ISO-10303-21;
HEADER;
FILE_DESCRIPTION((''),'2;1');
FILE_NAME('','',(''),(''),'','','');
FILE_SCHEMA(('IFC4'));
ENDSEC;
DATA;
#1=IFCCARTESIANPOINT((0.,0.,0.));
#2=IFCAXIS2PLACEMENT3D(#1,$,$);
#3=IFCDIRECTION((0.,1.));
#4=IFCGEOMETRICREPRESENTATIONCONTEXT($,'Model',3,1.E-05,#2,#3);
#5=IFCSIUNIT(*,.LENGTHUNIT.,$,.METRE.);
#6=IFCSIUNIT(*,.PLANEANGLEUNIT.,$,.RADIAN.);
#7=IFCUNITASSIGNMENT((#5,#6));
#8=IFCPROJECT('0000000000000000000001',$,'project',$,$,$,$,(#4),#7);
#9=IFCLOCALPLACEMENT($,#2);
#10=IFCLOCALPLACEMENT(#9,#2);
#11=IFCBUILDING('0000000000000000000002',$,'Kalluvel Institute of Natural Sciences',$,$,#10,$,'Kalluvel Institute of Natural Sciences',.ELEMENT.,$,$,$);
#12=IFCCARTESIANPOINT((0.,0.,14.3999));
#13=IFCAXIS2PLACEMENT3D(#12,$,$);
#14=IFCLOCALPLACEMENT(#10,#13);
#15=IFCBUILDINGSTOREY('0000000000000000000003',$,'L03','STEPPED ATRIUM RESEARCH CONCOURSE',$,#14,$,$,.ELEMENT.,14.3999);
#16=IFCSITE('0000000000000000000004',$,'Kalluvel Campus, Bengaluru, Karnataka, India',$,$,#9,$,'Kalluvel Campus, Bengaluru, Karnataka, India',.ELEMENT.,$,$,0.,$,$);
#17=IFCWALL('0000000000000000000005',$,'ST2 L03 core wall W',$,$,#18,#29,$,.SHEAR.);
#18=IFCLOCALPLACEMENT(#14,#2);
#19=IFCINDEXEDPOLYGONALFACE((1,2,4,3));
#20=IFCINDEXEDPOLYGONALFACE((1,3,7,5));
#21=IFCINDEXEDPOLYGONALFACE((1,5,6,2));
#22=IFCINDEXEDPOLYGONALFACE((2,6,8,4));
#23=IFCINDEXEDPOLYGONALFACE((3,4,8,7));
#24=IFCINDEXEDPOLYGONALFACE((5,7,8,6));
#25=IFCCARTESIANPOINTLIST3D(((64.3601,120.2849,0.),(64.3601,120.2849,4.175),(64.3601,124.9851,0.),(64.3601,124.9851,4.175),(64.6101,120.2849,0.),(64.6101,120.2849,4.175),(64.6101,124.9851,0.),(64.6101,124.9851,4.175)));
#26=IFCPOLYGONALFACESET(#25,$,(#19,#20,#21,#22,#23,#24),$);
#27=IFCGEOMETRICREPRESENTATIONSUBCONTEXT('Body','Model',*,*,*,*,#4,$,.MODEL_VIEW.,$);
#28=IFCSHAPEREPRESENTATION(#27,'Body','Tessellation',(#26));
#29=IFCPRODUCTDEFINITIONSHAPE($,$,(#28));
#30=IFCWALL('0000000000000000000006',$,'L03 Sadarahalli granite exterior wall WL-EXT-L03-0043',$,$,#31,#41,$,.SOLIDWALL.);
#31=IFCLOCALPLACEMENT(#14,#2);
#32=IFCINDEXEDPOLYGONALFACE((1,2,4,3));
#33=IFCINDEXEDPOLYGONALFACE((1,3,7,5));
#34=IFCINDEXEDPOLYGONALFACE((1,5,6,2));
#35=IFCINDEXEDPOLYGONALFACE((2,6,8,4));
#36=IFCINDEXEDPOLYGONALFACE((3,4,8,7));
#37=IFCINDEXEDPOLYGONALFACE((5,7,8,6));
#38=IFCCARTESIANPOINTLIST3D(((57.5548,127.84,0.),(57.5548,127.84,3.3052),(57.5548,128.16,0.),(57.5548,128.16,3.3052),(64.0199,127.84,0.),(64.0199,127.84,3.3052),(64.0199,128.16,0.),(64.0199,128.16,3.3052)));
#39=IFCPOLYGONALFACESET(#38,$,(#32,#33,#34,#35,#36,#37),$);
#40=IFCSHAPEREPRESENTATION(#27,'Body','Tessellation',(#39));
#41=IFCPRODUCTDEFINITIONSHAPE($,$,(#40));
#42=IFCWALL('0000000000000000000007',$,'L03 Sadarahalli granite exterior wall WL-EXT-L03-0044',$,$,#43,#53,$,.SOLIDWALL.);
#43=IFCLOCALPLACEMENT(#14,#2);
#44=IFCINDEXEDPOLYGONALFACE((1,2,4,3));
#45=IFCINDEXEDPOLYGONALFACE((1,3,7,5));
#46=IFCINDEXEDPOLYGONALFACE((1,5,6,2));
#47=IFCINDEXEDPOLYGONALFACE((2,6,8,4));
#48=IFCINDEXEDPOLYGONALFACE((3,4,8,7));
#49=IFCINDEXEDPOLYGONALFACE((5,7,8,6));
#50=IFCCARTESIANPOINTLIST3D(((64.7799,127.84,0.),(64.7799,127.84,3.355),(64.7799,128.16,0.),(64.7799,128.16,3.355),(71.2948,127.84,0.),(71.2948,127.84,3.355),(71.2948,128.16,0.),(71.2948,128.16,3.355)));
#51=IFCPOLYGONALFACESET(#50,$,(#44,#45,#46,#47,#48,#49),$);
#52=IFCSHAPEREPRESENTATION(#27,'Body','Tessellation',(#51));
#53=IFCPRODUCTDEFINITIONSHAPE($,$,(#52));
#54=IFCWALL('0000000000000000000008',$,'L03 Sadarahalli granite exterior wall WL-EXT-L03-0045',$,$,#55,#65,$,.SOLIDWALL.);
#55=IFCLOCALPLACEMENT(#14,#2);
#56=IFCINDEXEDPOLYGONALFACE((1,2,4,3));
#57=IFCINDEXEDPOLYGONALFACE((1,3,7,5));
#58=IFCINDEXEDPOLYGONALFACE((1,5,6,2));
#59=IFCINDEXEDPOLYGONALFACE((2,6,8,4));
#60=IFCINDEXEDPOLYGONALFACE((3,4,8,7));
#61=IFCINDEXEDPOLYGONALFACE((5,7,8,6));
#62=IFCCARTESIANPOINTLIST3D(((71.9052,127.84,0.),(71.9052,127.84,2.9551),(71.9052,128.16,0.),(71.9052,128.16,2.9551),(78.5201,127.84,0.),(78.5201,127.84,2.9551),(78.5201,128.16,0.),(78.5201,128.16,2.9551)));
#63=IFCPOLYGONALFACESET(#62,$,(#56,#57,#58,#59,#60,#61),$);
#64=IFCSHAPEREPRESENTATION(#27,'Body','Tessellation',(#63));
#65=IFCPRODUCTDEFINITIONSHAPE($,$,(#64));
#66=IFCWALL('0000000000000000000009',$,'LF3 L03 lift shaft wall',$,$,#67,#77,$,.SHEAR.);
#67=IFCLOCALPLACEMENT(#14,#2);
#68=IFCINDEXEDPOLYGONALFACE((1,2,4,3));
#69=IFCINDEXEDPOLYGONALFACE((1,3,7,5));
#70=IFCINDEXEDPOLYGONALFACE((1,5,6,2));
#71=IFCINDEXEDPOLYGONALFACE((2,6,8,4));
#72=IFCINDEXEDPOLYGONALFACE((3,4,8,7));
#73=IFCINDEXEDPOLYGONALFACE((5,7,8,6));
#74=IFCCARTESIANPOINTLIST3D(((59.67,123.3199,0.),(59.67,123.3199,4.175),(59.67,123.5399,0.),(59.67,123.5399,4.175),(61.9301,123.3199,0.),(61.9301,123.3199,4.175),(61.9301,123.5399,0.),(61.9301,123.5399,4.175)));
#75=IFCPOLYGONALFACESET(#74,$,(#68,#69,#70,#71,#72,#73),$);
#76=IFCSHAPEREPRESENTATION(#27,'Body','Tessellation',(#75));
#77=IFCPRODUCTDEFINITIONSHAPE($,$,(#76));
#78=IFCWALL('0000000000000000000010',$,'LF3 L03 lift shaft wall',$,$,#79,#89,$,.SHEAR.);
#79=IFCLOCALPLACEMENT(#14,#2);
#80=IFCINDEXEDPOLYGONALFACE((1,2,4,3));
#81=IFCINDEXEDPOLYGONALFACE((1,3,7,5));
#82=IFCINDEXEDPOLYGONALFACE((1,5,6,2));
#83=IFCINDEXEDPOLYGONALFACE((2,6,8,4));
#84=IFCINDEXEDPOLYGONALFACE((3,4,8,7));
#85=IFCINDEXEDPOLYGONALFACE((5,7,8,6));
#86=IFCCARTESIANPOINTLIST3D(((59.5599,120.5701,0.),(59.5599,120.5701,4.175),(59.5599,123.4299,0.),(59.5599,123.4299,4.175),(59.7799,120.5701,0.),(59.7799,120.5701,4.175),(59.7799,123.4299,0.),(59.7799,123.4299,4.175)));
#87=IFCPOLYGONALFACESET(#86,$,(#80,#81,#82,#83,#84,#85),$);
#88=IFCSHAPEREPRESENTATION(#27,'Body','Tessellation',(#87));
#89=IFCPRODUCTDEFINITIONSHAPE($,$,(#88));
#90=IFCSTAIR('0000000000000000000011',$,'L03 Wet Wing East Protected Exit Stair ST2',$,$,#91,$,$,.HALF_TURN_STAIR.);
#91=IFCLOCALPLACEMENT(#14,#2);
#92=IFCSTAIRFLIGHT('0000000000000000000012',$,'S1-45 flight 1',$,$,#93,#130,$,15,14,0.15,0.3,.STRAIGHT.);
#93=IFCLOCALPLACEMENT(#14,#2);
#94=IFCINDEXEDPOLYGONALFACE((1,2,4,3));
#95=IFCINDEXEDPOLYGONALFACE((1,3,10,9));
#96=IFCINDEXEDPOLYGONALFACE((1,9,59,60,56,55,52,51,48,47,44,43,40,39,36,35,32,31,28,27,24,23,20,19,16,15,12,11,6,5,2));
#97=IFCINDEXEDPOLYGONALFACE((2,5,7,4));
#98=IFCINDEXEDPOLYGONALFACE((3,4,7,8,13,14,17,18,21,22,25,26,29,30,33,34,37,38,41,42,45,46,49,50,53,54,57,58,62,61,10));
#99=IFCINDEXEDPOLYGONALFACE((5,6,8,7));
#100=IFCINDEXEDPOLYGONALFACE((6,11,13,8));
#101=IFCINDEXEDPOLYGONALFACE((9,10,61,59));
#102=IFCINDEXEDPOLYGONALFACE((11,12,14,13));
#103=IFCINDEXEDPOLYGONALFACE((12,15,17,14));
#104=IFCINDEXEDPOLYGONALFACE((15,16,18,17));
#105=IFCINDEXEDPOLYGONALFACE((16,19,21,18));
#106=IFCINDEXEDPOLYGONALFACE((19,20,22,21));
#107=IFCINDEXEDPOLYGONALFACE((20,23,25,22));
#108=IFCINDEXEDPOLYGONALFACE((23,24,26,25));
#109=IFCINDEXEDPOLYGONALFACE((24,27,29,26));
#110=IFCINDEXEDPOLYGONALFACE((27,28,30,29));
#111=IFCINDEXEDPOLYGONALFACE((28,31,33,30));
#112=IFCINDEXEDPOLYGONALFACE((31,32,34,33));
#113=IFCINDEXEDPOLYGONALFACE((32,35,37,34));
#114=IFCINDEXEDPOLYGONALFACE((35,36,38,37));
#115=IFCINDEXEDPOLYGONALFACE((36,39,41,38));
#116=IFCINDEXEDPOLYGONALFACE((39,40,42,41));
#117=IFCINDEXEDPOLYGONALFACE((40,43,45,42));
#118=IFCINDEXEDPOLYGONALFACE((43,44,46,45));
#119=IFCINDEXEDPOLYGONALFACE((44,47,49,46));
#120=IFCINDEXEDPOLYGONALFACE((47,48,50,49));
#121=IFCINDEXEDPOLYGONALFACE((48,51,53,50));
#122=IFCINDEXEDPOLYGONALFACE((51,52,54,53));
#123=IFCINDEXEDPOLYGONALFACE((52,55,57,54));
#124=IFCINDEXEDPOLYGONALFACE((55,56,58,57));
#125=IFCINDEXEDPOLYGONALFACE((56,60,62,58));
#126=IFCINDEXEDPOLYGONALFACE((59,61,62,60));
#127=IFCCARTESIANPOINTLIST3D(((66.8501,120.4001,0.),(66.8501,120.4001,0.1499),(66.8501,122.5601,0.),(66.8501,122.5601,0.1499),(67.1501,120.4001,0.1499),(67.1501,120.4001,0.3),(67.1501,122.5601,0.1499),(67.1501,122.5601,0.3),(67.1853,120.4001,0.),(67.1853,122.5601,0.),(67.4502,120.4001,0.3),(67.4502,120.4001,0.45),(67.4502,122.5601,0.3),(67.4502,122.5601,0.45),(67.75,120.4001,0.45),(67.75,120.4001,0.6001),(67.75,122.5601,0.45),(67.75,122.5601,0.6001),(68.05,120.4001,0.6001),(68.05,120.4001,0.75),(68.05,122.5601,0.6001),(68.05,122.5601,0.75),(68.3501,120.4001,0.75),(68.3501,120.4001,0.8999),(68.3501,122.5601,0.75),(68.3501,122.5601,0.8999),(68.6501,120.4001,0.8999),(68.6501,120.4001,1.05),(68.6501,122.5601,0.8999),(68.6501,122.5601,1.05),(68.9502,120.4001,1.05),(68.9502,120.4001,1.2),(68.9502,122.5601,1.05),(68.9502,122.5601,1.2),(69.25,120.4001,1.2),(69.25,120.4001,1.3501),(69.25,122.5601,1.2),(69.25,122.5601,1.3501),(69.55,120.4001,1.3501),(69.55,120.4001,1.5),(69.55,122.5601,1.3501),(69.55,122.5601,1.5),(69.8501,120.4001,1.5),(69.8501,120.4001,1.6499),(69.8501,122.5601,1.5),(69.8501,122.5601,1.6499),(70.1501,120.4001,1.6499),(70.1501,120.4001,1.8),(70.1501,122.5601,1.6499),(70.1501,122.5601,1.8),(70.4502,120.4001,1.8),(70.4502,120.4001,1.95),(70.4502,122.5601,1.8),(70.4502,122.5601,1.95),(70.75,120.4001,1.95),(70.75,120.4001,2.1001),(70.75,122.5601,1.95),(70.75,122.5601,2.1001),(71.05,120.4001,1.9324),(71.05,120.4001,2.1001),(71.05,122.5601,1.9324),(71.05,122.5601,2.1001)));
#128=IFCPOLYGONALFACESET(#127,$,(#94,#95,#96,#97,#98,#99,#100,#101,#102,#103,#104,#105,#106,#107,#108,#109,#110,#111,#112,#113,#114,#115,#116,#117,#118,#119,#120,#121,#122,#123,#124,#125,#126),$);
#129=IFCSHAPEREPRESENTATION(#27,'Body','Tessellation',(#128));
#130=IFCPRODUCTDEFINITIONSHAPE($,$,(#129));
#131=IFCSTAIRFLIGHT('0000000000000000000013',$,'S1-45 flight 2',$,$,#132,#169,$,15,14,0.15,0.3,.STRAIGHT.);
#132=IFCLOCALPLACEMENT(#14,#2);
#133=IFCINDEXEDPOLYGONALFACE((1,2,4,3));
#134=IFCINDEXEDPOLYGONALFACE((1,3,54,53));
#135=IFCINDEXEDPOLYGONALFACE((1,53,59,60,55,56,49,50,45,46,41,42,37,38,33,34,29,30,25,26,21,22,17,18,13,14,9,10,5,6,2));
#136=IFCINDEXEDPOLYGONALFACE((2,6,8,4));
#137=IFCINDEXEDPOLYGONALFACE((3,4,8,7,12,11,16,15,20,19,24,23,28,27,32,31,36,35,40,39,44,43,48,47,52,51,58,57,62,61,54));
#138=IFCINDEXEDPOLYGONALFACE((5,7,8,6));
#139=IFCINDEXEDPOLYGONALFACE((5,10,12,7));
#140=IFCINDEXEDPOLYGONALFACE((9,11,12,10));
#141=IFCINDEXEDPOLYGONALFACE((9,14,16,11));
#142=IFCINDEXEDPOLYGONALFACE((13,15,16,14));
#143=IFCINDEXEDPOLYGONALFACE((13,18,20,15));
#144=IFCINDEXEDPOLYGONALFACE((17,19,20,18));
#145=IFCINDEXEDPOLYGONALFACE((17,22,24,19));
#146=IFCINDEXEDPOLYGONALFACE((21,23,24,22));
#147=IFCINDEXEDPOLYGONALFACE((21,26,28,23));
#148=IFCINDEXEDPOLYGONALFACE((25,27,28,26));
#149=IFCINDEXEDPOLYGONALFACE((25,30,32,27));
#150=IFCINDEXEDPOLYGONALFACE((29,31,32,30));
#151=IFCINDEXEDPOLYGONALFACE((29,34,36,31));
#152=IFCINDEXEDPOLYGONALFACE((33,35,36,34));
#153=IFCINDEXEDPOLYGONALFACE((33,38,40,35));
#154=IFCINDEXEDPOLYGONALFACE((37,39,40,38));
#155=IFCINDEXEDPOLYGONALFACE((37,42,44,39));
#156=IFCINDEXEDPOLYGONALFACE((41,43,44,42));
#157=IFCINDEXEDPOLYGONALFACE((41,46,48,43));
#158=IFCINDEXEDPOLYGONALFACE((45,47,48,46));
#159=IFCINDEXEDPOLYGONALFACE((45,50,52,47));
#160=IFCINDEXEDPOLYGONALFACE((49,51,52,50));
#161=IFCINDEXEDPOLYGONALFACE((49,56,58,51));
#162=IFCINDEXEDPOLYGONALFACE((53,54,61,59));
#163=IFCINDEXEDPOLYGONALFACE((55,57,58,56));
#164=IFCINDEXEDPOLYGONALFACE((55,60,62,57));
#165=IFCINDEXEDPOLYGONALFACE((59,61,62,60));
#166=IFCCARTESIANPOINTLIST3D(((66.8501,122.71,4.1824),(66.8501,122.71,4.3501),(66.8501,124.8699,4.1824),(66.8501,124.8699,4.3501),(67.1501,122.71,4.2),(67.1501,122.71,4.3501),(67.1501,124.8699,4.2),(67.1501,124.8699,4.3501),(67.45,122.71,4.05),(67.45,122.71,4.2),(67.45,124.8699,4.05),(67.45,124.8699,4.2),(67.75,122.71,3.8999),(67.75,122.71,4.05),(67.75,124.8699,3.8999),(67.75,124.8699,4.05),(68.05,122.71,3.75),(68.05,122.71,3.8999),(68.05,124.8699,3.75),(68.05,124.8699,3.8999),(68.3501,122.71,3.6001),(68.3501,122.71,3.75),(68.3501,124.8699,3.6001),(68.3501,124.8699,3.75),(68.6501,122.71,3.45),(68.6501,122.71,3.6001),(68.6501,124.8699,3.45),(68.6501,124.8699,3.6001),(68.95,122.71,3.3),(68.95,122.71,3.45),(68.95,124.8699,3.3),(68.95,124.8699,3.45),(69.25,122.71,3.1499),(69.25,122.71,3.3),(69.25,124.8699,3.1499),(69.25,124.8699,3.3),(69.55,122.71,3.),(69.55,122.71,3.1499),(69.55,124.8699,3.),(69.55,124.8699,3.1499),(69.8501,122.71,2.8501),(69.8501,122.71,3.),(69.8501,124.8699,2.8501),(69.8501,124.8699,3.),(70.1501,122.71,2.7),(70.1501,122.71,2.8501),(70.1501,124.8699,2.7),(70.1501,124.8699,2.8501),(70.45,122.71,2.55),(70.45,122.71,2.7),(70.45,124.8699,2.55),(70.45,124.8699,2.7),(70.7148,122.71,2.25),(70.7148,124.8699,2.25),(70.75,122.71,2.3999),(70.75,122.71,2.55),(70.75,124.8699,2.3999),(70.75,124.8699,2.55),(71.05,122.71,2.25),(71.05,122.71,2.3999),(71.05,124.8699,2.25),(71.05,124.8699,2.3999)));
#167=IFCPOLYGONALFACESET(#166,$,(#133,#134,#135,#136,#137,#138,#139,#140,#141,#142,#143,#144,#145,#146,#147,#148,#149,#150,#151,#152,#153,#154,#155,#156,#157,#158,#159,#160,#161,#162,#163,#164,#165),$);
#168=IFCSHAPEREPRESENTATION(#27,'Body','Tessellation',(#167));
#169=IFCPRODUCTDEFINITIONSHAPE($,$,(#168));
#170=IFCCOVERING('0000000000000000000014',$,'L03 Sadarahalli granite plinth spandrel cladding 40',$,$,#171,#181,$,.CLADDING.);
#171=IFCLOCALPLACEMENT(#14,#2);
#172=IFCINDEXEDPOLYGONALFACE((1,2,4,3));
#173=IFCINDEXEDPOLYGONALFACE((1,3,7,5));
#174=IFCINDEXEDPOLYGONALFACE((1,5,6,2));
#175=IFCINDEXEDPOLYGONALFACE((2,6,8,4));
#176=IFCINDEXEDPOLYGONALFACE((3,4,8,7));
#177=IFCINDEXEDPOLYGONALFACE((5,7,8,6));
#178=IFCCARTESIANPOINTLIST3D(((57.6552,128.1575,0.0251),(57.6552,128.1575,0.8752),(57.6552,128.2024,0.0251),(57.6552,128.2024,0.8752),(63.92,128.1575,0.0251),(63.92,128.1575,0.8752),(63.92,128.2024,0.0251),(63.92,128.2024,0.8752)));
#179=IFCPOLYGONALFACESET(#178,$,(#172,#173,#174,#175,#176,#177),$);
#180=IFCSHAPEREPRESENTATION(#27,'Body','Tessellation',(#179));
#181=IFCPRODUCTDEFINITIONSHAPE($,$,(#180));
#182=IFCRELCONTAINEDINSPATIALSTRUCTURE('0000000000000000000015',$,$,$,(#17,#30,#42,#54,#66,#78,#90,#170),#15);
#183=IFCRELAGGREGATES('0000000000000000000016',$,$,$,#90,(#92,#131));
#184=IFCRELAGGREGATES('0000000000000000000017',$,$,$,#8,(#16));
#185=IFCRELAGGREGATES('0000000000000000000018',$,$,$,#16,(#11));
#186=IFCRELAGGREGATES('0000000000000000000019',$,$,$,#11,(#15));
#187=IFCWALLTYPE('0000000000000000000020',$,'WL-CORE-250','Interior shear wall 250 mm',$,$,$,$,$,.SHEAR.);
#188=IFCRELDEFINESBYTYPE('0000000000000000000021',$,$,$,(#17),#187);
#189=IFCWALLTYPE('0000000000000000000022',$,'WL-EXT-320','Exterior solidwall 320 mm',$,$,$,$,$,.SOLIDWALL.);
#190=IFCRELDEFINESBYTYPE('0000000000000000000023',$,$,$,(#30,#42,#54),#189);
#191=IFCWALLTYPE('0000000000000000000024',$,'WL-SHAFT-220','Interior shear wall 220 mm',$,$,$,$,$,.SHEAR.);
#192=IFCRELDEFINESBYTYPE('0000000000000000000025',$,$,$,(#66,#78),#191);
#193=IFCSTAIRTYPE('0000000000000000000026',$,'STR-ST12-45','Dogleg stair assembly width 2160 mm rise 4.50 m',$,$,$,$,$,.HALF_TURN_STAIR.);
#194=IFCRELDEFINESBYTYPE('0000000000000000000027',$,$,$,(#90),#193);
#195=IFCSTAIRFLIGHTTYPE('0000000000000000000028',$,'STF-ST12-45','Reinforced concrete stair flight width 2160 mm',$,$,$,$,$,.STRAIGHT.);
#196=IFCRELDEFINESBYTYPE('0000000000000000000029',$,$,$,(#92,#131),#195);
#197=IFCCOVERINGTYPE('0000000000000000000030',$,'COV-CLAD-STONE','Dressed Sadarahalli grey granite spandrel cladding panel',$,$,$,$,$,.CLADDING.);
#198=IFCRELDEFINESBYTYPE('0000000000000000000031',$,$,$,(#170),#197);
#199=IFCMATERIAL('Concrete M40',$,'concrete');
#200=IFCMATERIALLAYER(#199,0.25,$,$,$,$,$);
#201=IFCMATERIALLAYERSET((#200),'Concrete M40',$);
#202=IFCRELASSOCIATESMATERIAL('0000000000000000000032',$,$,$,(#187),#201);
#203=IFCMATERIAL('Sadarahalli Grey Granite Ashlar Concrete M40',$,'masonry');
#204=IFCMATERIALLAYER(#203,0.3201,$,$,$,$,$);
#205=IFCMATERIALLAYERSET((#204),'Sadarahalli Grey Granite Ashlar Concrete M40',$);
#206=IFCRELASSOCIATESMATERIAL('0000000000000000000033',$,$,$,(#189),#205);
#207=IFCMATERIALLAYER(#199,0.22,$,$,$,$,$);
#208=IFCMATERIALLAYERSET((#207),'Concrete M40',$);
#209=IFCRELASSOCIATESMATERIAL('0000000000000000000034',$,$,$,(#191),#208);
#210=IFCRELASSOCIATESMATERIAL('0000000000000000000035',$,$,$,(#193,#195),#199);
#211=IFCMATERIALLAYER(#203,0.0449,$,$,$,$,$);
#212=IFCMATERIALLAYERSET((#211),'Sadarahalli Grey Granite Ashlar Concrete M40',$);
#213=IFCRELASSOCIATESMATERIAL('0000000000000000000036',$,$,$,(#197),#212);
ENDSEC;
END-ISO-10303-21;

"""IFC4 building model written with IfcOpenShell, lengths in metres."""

from ifc_helpers import new_model, si_unit, direction, frame, frame_2d, origin, origin_2d, place, context, subcontext, project, spatial, polyline, rectangle, outline, extrude, material, layer, layer_set, type_object, element, aggregate, save


model = new_model("IFC4")

# Units and contexts
model_context = context("Model", 3, precision=1e-05, world=origin(), true_north=direction((0.0, 1.0)))
body_context = subcontext(model_context, "Body", "Model", "MODEL_VIEW")
ifc_project = project(units=[si_unit("LENGTHUNIT", "METRE"), si_unit("PLANEANGLEUNIT", "RADIAN")], contexts=[model_context])

# Site, building, storey
site_placement = place(None, origin())
site = spatial("IfcSite", under=ifc_project, at=site_placement, Name="Kalluvel Campus, Bengaluru, Karnataka, India", LongName="Kalluvel Campus, Bengaluru, Karnataka, India", CompositionType="ELEMENT", RefElevation=0.0)
building_placement = place(site_placement, origin())
building = spatial("IfcBuilding", under=site, at=building_placement, Name="Kalluvel Institute of Natural Sciences", LongName="Kalluvel Institute of Natural Sciences", CompositionType="ELEMENT")
storey_placement = place(building_placement, frame((0.0, 0.0, 14.3999)))
storey = spatial("IfcBuildingStorey", under=building, at=storey_placement, Name="L03", Description="STEPPED ATRIUM RESEARCH CONCOURSE", CompositionType="ELEMENT", Elevation=14.3999)

# Shared definitions
ifc_material_1 = material(Name="Concrete M40", Category="concrete")

# Walls
ifc_layer_1 = layer(ifc_material_1, 0.25)
ifc_layer_set_1 = layer_set([ifc_layer_1], Name="Concrete M40")
wall_type_1 = type_object("IfcWallType", Name="WL-CORE-250", Description="Interior shear wall 250 mm", PredefinedType="SHEAR", material=ifc_layer_set_1)
wall_1_placement = place(storey_placement, frame((64.4851, 124.9851, 0.0), z_axis=(0.0, 0.0, 1.0), x_axis=(0.0, -1.0, 0.0)))
element("IfcWall", 1, at=wall_1_placement, inside=storey, type_object=wall_type_1, Name="ST2 L03 core wall W", PredefinedType="SHEAR", context=body_context, shape_type="SweptSolid", body=[
    extrude(rectangle(XDim=4.7002, YDim=0.25, at=frame_2d((2.3501, 0.0))), origin(), (0.0, 0.0, 1.0), 4.175),
])
ifc_material_2 = material(Name="Sadarahalli Grey Granite Ashlar Concrete M40", Category="masonry")
ifc_layer_2 = layer(ifc_material_2, 0.3201)
ifc_layer_set_2 = layer_set([ifc_layer_2], Name="Sadarahalli Grey Granite Ashlar Concrete M40")
wall_type_2 = type_object("IfcWallType", Name="WL-EXT-320", Description="Exterior solidwall 320 mm", PredefinedType="SOLIDWALL", material=ifc_layer_set_2)
wall_2_placement = place(storey_placement, frame((57.5549, 128.0, 0.0), z_axis=(0.0, 0.0, 1.0), x_axis=(1.0, 0.0, 0.0)))
element("IfcWall", 2, at=wall_2_placement, inside=storey, type_object=wall_type_2, Name="L03 Sadarahalli granite exterior wall WL-EXT-L03-0043", PredefinedType="SOLIDWALL", context=body_context, shape_type="SweptSolid", body=[
    extrude(rectangle(XDim=6.4651, YDim=0.3201, at=frame_2d((3.2324, 0.0))), origin(), (0.0, 0.0, 1.0), 3.3052),
])
wall_3_placement = place(storey_placement, frame((64.78, 128.0, 0.0), z_axis=(0.0, 0.0, 1.0), x_axis=(1.0, 0.0, 0.0)))
element("IfcWall", 3, at=wall_3_placement, inside=storey, type_object=wall_type_2, Name="L03 Sadarahalli granite exterior wall WL-EXT-L03-0044", PredefinedType="SOLIDWALL", context=body_context, shape_type="SweptSolid", body=[
    extrude(rectangle(XDim=6.5149, YDim=0.3201, at=frame_2d((3.2573, 0.0))), origin(), (0.0, 0.0, 1.0), 3.355),
])
wall_4_placement = place(storey_placement, frame((71.905, 128.0, 0.0), z_axis=(0.0, 0.0, 1.0), x_axis=(1.0, 0.0, 0.0)))
element("IfcWall", 4, at=wall_4_placement, inside=storey, type_object=wall_type_2, Name="L03 Sadarahalli granite exterior wall WL-EXT-L03-0045", PredefinedType="SOLIDWALL", context=body_context, shape_type="SweptSolid", body=[
    extrude(rectangle(XDim=6.615, YDim=0.3201, at=frame_2d((3.3076, 0.0))), origin(), (0.0, 0.0, 1.0), 2.9551),
])
ifc_layer_3 = layer(ifc_material_1, 0.22)
ifc_layer_set_3 = layer_set([ifc_layer_3], Name="Concrete M40")
wall_type_3 = type_object("IfcWallType", Name="WL-SHAFT-220", Description="Interior shear wall 220 mm", PredefinedType="SHEAR", material=ifc_layer_set_3)
wall_5_placement = place(storey_placement, frame((61.9299, 123.4299, 0.0), z_axis=(0.0, 0.0, 1.0), x_axis=(-1.0, 0.0, 0.0)))
element("IfcWall", 5, at=wall_5_placement, inside=storey, type_object=wall_type_3, Name="LF3 L03 lift shaft wall", PredefinedType="SHEAR", context=body_context, shape_type="SweptSolid", body=[
    extrude(rectangle(XDim=2.26, YDim=0.22, at=frame_2d((1.1299, 0.0))), origin(), (0.0, 0.0, 1.0), 4.175),
])
wall_6_placement = place(storey_placement, frame((59.6699, 123.4299, 0.0), z_axis=(0.0, 0.0, 1.0), x_axis=(0.0, -1.0, 0.0)))
element("IfcWall", 6, at=wall_6_placement, inside=storey, type_object=wall_type_3, Name="LF3 L03 lift shaft wall", PredefinedType="SHEAR", context=body_context, shape_type="SweptSolid", body=[
    extrude(rectangle(XDim=2.8599, YDim=0.22, at=frame_2d((1.4299, 0.0))), origin(), (0.0, 0.0, 1.0), 4.175),
])

# Stair, stair flights
stair_type = type_object("IfcStairType", Name="STR-ST12-45", Description="Dogleg stair assembly width 2160 mm rise 4.50 m", PredefinedType="HALF_TURN_STAIR", material=ifc_material_1)
stair_placement = place(storey_placement, origin())
stair = element("IfcStair", 7, at=stair_placement, inside=storey, type_object=stair_type, Name="L03 Wet Wing East Protected Exit Stair ST2", PredefinedType="HALF_TURN_STAIR")
stair_flight_type = type_object("IfcStairFlightType", Name="STF-ST12-45", Description="Reinforced concrete stair flight width 2160 mm", PredefinedType="STRAIGHT", material=ifc_material_1)
stair_flight_1_placement = place(storey_placement, frame((66.8501, 121.48, 0.0), z_axis=(0.0, 0.0, 1.0), x_axis=(1.0, 0.0, 0.0)))
stair_flight_1 = element("IfcStairFlight", 8, at=stair_flight_1_placement, type_object=stair_flight_type, Name="S1-45 flight 1", NumberOfRisers=15, NumberOfTreads=14, PredefinedType="STRAIGHT", RiserHeight=0.15, TreadLength=0.3, context=body_context, shape_type="SweptSolid", body=[
    extrude(outline(polyline([(0.0, 0.0), (0.0, 0.1499), (0.3, 0.1499), (0.3, 0.3), (0.6001, 0.3), (0.6001, 0.45), (0.8999, 0.45), (0.8999, 0.6001), (1.2, 0.6001), (1.2, 0.75), (1.5, 0.75), (1.5, 0.8999), (1.8, 0.8999), (1.8, 1.05), (2.1001, 1.05), (2.1001, 1.2), (2.3999, 1.2), (2.3999, 1.3501), (2.7, 1.3501), (2.7, 1.5), (3.0, 1.5), (3.0, 1.6499), (3.3, 1.6499), (3.3, 1.8), (3.6001, 1.8), (3.6001, 1.95), (3.8999, 1.95), (3.8999, 2.1001), (4.2, 2.1001), (4.2, 2.25), (4.2, 1.9324), (0.3352, 0.0), (0.0, 0.0)])), frame((0.0, 1.0801, 0.0), z_axis=(0.0, -1.0, 0.0), x_axis=(1.0, 0.0, 0.0)), (0.0, 0.0, 1.0), 2.1599),
])
stair_flight_2_placement = place(storey_placement, frame((71.05, 123.79, 2.25), z_axis=(0.0, 0.0, 1.0), x_axis=(-1.0, 0.0, 0.0)))
stair_flight_2 = element("IfcStairFlight", 9, at=stair_flight_2_placement, type_object=stair_flight_type, Name="S1-45 flight 2", NumberOfRisers=15, NumberOfTreads=14, PredefinedType="STRAIGHT", RiserHeight=0.15, TreadLength=0.3, context=body_context, shape_type="SweptSolid", body=[
    extrude(outline(polyline([(0.0, 0.0), (0.0, 0.1499), (0.3, 0.1499), (0.3, 0.3), (0.6001, 0.3), (0.6001, 0.45), (0.8999, 0.45), (0.8999, 0.6001), (1.2, 0.6001), (1.2, 0.75), (1.5, 0.75), (1.5, 0.8999), (1.8, 0.8999), (1.8, 1.05), (2.1001, 1.05), (2.1001, 1.2), (2.3999, 1.2), (2.3999, 1.3501), (2.7, 1.3501), (2.7, 1.5), (3.0, 1.5), (3.0, 1.6499), (3.3, 1.6499), (3.3, 1.8), (3.6001, 1.8), (3.6001, 1.95), (3.8999, 1.95), (3.8999, 2.1001), (4.2, 2.1001), (4.2, 2.25), (4.2, 1.9324), (0.3352, 0.0), (0.0, 0.0)])), frame((0.0, 1.0801, 0.0), z_axis=(0.0, -1.0, 0.0), x_axis=(1.0, 0.0, 0.0)), (0.0, 0.0, 1.0), 2.1599),
])
aggregate(stair, [stair_flight_1, stair_flight_2])

# Covering
ifc_layer_4 = layer(ifc_material_2, 0.0449)
ifc_layer_set_4 = layer_set([ifc_layer_4], Name="Sadarahalli Grey Granite Ashlar Concrete M40")
covering_type = type_object("IfcCoveringType", Name="COV-CLAD-STONE", Description="Dressed Sadarahalli grey granite spandrel cladding panel", PredefinedType="CLADDING", material=ifc_layer_set_4)
covering_1_placement = place(storey_placement, frame((60.7876, 128.1799, 0.0251), z_axis=(0.0, 0.0, 1.0), x_axis=(1.0, 0.0, 0.0)))
element("IfcCovering", 10, at=covering_1_placement, inside=storey, type_object=covering_type, Name="L03 Sadarahalli granite plinth spandrel cladding 40", PredefinedType="CLADDING", context=body_context, shape_type="SweptSolid", body=[
    extrude(rectangle(XDim=6.2649, YDim=0.0449, at=origin_2d()), origin(), (0.0, 0.0, 1.0), 0.8501),
])

save(model, "model.ifc")
